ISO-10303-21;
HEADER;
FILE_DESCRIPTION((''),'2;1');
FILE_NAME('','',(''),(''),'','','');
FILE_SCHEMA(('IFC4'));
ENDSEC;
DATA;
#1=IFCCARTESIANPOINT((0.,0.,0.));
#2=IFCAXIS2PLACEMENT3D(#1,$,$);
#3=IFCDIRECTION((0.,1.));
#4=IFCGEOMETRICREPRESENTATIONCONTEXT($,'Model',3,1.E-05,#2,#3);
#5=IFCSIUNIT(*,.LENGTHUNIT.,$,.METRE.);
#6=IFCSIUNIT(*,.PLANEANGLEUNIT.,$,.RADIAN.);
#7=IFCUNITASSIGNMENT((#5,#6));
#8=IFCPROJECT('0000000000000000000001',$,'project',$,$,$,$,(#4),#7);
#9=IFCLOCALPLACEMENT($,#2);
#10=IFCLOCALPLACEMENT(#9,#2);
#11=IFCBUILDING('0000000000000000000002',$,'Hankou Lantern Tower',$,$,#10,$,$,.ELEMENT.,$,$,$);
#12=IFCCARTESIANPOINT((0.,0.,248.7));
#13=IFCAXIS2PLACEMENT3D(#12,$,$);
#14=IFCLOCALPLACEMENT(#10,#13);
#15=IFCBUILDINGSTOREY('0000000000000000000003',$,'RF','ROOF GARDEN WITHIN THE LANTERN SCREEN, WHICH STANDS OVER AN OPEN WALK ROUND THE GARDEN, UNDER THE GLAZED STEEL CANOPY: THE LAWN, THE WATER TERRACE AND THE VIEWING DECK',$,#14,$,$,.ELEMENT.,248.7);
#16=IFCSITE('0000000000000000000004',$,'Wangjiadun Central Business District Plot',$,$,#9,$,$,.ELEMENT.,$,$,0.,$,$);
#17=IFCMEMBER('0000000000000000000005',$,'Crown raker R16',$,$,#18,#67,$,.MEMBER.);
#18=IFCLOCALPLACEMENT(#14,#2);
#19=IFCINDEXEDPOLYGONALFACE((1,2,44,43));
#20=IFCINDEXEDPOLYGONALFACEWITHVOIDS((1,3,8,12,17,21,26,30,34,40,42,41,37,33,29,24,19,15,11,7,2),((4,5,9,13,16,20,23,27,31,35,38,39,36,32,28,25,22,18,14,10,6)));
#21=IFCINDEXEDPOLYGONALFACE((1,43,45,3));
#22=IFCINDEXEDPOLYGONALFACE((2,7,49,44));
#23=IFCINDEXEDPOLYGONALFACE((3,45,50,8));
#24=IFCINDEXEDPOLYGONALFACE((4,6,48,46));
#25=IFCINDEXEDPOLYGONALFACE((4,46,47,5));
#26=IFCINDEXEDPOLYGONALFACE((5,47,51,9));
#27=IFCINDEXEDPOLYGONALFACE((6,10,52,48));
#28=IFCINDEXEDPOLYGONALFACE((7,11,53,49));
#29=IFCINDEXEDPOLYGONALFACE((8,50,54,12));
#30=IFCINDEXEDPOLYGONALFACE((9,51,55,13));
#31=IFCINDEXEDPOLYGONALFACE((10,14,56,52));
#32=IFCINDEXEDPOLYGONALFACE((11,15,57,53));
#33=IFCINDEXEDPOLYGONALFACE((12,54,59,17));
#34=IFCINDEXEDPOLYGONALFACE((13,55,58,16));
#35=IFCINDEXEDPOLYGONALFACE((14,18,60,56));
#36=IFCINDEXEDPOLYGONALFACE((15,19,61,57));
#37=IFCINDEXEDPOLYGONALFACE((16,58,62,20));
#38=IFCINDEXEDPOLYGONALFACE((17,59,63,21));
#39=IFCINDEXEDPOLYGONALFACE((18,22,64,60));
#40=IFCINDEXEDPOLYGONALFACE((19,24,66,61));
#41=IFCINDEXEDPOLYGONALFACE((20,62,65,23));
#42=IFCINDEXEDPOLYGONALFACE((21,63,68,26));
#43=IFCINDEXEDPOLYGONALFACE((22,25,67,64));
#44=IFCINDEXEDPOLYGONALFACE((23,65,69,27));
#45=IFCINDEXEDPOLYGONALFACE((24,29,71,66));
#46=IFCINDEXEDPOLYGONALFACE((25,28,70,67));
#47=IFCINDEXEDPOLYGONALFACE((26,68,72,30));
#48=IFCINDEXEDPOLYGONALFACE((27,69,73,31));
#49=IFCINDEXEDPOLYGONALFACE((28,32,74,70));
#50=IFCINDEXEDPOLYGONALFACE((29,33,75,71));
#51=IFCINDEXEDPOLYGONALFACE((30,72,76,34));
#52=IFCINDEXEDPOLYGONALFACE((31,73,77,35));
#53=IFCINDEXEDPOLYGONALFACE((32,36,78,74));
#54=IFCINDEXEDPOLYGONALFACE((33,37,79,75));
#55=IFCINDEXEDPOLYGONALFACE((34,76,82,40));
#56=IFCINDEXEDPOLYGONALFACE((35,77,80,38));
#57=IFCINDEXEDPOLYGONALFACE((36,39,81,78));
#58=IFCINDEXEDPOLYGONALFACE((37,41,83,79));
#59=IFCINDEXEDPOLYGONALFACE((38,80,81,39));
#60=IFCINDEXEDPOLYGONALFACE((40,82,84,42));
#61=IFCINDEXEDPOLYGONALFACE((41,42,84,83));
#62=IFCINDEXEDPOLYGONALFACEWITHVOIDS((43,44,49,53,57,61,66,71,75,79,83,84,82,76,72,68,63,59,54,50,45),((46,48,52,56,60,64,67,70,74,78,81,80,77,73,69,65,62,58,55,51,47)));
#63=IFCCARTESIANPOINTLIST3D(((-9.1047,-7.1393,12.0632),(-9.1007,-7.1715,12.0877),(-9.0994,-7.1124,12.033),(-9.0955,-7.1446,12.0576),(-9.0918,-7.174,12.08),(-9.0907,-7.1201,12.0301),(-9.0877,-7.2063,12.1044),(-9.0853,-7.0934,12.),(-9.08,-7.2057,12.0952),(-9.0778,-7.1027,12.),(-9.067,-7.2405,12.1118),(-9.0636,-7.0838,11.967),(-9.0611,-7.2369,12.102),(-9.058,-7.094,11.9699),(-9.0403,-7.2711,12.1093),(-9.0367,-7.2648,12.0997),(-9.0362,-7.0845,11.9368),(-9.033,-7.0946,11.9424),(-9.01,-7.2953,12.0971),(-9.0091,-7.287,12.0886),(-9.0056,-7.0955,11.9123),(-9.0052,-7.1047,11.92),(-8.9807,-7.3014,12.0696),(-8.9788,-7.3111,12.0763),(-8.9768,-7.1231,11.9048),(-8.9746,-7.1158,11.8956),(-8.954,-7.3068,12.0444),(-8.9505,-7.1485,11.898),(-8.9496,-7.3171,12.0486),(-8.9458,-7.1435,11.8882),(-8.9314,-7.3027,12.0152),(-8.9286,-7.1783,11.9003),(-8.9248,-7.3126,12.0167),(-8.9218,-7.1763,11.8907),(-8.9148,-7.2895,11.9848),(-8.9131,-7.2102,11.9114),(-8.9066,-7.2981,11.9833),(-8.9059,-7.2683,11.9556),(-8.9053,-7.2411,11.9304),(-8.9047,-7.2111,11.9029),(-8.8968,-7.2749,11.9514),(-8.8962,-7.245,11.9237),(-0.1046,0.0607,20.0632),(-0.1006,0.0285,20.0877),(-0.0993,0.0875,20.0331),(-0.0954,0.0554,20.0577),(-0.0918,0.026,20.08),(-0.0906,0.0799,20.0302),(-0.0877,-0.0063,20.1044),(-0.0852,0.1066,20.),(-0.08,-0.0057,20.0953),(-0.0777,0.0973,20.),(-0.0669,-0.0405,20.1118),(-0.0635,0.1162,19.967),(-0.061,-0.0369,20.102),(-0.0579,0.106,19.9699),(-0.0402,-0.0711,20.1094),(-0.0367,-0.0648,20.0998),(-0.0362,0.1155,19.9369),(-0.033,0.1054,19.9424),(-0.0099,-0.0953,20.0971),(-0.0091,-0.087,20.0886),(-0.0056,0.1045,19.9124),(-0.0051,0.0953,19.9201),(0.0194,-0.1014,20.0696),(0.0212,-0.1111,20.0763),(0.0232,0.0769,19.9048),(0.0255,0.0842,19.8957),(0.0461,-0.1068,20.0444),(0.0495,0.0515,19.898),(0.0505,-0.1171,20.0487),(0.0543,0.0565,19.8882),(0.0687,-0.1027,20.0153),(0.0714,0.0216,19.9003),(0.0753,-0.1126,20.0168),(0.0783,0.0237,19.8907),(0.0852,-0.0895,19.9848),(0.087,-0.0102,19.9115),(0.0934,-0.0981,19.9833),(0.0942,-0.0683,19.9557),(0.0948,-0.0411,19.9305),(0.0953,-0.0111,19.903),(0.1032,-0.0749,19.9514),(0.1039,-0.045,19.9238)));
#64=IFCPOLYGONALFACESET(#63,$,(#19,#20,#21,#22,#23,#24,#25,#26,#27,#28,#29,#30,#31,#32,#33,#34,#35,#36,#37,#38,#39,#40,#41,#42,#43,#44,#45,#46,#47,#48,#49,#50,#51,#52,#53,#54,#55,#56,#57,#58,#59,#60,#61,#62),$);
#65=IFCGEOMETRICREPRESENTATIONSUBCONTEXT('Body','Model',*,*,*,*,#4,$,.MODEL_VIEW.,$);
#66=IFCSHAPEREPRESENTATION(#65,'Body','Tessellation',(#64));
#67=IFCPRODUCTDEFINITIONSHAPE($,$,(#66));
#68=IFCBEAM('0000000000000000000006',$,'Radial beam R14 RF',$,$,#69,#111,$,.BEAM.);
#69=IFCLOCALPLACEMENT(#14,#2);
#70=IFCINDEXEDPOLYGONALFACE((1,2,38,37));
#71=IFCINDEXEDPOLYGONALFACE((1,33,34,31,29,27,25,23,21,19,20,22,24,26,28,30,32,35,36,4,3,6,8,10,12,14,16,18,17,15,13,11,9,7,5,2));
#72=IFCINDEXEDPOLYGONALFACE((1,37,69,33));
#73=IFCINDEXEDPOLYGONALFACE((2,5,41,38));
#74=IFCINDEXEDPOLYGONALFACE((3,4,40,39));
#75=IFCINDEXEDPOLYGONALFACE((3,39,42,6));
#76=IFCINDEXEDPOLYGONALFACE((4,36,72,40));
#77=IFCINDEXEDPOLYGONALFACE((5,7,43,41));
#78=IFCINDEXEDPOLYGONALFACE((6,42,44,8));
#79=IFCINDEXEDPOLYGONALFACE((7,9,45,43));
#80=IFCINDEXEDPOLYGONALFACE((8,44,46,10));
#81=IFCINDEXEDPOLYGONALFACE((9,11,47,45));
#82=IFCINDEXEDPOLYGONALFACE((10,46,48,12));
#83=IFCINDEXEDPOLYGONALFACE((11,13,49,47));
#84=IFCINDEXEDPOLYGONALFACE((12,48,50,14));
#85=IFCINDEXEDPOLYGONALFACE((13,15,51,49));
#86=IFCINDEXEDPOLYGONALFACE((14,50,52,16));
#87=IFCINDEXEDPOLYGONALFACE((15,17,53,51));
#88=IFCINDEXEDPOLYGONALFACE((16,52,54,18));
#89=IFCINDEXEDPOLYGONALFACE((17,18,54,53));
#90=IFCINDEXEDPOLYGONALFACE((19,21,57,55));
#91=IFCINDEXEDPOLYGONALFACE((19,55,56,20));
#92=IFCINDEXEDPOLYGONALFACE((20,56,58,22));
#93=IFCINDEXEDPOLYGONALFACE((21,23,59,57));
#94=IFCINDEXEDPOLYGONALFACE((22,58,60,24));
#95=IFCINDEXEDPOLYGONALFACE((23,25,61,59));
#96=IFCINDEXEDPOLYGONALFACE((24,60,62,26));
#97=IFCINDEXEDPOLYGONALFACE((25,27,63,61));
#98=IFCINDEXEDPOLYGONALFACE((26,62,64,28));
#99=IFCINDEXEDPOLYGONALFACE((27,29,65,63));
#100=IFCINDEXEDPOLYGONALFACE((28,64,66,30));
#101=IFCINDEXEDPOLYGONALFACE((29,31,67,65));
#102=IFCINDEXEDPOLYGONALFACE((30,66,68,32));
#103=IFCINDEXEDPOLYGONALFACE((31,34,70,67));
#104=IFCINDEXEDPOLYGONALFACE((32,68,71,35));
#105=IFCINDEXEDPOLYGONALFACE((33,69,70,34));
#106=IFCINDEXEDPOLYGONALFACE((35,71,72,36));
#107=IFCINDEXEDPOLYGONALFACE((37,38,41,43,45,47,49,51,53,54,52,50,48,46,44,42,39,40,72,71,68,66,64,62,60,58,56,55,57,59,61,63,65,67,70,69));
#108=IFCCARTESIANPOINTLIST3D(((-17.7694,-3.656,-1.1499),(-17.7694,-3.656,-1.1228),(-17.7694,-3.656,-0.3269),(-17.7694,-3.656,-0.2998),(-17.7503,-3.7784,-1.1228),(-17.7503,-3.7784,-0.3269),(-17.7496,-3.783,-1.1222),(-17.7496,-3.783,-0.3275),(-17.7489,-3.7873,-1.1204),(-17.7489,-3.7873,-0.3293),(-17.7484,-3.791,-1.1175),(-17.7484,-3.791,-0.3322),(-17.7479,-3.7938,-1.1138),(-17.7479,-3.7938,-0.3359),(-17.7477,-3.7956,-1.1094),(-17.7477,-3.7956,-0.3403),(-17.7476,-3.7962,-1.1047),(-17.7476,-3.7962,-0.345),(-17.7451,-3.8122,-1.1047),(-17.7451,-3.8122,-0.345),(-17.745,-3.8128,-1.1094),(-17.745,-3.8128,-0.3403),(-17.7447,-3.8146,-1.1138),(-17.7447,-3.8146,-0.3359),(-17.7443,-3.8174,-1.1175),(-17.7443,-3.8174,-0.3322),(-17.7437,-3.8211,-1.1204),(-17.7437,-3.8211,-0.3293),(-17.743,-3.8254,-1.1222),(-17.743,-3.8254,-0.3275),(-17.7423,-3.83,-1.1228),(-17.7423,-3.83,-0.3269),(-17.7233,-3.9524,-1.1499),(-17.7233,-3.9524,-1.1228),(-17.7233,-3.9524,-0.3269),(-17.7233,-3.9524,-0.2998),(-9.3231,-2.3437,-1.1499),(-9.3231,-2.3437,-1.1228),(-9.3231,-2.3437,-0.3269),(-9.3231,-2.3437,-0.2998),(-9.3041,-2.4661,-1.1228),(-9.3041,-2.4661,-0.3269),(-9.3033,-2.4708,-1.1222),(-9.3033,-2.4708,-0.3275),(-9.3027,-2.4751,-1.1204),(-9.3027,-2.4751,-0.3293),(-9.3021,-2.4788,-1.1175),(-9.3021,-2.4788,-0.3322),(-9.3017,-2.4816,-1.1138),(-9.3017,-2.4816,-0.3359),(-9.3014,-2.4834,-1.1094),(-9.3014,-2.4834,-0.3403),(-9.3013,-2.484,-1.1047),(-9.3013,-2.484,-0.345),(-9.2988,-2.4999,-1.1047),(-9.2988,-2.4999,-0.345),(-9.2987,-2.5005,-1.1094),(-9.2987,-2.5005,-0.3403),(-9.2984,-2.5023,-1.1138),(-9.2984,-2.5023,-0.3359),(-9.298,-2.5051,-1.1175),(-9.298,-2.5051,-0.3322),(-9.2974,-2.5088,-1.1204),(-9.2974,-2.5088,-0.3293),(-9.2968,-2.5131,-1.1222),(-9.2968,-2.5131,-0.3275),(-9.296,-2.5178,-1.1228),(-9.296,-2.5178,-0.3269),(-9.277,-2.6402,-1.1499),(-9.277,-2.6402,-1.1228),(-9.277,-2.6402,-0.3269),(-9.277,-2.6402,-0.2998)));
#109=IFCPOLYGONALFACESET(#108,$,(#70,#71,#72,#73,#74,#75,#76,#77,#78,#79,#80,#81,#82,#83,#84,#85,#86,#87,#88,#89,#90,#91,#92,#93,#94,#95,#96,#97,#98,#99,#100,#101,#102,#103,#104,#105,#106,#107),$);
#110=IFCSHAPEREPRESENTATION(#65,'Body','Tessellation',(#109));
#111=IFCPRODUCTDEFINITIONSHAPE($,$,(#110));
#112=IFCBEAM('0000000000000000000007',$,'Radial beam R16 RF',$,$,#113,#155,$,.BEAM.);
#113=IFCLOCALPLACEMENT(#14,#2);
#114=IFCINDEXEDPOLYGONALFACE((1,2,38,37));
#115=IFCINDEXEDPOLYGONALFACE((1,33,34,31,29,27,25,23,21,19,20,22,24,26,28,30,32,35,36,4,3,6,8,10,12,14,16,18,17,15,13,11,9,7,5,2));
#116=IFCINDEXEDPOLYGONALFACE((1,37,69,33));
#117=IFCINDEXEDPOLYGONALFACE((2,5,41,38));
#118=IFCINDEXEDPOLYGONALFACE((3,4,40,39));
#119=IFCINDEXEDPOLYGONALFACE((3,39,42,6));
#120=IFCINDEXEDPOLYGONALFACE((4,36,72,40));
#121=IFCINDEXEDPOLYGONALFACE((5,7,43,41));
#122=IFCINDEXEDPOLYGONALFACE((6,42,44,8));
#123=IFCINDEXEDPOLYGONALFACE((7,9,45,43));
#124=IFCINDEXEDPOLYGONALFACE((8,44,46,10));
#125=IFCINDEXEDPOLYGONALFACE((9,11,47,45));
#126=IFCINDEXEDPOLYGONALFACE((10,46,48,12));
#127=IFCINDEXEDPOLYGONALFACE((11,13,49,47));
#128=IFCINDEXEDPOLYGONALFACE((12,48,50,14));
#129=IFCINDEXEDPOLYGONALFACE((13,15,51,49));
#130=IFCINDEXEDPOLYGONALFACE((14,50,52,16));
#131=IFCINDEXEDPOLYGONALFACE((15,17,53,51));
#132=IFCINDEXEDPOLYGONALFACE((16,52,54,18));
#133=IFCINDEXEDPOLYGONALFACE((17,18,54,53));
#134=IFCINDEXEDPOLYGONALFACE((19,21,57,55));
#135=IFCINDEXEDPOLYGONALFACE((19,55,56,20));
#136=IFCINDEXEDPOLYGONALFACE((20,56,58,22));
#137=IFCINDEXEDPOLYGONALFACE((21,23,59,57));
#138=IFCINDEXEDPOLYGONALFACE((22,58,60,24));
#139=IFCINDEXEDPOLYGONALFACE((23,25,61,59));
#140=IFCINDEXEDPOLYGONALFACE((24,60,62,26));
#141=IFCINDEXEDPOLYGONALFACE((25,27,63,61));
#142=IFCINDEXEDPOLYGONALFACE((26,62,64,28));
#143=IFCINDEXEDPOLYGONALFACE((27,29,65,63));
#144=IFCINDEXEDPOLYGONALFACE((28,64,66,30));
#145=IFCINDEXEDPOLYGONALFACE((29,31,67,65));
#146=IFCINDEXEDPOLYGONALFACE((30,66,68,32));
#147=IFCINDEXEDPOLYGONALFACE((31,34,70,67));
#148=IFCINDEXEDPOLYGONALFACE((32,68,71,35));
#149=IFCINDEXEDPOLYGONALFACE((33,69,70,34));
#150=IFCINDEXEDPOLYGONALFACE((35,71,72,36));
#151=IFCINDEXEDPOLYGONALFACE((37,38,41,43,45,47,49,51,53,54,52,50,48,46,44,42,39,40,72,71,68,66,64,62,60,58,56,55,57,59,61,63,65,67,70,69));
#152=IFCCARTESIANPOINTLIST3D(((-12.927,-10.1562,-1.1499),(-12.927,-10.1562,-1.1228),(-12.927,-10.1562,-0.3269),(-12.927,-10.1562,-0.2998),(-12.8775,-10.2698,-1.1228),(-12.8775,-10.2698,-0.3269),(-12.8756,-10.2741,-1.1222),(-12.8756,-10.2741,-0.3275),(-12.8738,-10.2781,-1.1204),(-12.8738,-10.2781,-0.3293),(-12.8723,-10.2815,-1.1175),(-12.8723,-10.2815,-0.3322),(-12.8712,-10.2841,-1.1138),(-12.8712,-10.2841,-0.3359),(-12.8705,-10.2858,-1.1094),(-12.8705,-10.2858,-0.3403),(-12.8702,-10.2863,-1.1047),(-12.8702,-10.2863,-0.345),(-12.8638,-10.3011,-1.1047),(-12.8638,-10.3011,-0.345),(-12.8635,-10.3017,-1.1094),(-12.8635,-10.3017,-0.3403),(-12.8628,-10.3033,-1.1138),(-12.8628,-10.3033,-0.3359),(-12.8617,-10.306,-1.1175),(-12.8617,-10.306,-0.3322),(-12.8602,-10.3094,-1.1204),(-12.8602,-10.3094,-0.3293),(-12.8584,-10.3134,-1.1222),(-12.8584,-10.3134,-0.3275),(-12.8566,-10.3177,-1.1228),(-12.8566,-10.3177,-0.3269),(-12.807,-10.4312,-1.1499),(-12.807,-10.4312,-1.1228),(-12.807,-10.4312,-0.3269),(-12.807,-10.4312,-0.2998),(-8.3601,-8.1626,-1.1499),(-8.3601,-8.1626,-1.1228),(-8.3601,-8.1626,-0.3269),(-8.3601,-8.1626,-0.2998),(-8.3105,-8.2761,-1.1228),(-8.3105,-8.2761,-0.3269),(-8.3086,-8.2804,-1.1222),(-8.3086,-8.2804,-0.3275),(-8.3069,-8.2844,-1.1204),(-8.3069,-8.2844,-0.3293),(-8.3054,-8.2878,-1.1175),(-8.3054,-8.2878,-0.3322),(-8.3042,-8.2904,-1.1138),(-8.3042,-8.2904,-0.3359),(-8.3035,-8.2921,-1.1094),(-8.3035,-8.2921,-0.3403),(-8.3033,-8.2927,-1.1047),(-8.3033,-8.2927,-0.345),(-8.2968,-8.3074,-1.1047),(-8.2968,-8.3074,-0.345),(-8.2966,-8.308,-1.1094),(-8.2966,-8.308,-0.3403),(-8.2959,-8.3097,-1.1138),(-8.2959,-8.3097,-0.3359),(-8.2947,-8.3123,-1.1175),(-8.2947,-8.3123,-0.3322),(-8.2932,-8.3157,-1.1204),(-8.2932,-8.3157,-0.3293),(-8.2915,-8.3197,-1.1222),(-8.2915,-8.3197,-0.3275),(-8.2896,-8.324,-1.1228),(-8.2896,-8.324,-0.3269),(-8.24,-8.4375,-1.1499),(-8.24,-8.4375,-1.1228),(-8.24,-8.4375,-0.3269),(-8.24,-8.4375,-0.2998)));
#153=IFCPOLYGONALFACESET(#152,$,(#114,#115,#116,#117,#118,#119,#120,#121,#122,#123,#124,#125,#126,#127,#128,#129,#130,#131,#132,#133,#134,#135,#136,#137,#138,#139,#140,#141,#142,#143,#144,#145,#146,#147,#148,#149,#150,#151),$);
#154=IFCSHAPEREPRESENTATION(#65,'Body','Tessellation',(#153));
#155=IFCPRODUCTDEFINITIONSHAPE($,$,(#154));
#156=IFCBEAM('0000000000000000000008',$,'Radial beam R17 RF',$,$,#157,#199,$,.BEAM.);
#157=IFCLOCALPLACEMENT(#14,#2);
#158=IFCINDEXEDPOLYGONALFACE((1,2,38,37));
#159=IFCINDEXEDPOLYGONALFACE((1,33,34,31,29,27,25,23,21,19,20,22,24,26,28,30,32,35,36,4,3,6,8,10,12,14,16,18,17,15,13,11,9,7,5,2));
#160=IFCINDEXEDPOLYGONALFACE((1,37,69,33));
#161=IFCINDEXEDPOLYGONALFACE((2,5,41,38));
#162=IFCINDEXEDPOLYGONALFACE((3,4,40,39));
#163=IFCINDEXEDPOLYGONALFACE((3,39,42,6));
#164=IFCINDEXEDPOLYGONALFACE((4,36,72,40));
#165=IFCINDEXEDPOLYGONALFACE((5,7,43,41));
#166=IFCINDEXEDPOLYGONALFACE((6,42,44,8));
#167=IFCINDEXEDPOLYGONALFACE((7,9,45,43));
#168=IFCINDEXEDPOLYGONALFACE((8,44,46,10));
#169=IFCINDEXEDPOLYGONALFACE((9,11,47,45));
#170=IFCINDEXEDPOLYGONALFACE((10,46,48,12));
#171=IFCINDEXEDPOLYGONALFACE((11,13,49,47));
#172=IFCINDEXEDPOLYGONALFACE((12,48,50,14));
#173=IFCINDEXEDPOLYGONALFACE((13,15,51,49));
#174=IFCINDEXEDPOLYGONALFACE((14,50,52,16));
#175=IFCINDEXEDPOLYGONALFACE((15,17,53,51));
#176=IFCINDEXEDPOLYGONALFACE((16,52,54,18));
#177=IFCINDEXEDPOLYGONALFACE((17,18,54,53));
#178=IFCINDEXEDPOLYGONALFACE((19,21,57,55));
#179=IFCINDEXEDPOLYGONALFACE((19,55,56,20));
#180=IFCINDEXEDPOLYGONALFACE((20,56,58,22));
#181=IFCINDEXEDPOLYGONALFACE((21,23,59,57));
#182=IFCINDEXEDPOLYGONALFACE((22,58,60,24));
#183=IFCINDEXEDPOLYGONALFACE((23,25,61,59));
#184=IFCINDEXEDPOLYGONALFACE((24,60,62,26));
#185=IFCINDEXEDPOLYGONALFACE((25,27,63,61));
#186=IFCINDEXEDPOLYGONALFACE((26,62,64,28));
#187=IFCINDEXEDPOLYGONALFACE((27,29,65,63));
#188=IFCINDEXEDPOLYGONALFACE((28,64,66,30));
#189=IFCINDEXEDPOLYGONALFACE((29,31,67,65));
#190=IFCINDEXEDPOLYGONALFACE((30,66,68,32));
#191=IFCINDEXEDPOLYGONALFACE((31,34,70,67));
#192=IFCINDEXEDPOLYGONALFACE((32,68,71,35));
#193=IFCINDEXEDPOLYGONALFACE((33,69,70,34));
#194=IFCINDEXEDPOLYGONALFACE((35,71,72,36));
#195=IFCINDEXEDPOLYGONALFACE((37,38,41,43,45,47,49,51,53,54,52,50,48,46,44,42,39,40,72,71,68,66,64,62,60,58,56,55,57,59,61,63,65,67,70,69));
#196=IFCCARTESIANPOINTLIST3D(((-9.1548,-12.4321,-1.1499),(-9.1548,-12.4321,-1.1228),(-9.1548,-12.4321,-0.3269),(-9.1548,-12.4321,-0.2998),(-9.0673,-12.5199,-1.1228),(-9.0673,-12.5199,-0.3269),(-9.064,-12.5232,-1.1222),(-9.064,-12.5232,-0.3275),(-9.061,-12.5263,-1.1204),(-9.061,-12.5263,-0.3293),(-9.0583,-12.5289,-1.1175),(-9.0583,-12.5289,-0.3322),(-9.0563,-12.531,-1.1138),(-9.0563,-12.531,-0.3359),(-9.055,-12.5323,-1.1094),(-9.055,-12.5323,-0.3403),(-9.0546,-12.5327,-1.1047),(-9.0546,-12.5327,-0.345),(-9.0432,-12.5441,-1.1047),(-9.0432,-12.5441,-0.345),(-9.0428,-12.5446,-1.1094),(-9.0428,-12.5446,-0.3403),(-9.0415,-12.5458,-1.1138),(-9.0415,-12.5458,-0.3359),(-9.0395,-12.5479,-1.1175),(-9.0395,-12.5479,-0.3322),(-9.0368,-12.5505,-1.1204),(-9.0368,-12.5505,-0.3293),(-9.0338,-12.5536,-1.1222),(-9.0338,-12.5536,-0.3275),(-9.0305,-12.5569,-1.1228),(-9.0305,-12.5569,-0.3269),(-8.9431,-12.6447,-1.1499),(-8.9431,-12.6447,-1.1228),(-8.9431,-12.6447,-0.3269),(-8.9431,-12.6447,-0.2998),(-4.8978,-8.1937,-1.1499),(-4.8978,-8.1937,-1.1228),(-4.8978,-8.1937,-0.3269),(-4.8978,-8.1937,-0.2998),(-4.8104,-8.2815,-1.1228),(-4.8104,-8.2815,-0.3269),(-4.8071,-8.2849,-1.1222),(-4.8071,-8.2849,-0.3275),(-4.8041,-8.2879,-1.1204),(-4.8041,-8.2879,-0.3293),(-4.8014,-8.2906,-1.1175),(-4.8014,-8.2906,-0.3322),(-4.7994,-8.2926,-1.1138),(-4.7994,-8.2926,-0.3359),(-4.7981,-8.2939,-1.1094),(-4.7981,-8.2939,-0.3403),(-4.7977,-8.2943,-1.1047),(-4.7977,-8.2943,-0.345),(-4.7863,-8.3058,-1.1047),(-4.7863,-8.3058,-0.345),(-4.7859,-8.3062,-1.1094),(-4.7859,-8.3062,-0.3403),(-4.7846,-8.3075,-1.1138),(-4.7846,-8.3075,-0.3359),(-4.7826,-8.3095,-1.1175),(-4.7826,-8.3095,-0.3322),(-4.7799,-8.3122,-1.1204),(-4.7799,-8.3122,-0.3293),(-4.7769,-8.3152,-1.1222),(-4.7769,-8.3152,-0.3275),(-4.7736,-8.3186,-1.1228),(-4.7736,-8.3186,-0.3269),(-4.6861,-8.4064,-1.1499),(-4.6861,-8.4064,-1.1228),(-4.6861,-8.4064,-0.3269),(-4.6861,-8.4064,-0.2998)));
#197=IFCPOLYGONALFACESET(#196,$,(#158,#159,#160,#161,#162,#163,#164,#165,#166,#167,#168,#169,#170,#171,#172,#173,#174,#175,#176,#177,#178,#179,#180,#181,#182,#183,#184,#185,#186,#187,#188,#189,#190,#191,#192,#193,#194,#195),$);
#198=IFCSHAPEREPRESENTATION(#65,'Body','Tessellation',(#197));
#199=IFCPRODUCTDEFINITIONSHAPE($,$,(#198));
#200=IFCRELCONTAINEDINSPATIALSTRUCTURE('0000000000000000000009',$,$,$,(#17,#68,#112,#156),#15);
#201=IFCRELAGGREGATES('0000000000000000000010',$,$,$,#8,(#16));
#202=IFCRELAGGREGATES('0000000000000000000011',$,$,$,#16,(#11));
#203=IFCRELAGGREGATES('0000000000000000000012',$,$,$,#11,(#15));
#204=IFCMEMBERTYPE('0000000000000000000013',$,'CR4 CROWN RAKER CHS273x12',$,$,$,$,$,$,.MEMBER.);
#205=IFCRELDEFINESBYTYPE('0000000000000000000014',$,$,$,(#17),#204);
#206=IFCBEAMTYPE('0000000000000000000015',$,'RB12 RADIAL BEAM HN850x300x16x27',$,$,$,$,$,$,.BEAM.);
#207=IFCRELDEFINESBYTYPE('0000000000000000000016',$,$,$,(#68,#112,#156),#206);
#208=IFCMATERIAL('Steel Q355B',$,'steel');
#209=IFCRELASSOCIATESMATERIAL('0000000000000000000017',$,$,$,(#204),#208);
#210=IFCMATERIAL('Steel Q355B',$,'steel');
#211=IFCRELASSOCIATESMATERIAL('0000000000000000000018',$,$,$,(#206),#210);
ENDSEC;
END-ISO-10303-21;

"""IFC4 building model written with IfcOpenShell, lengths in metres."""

from ifc_helpers import new_model, si_unit, direction, frame, origin, origin_2d, place, context, subcontext, project, spatial, hollow_circle, i_section, extrude, material, material_profile, profile_set, type_object, element, save


model = new_model("IFC4")

# Units and contexts
model_context = context("Model", 3, precision=1e-05, world=origin(), true_north=direction((0.0, 1.0)))
body_context = subcontext(model_context, "Body", "Model", "MODEL_VIEW")
ifc_project = project(units=[si_unit("LENGTHUNIT", "METRE"), si_unit("PLANEANGLEUNIT", "RADIAN")], contexts=[model_context])

# Site, building, storey
site_placement = place(None, origin())
site = spatial("IfcSite", under=ifc_project, at=site_placement, Name="Wangjiadun Central Business District Plot", CompositionType="ELEMENT", RefElevation=0.0)
building_placement = place(site_placement, origin())
building = spatial("IfcBuilding", under=site, at=building_placement, Name="Hankou Lantern Tower", CompositionType="ELEMENT")
storey_placement = place(building_placement, frame((0.0, 0.0, 248.7)))
storey = spatial("IfcBuildingStorey", under=building, at=storey_placement, Name="RF", Description="ROOF GARDEN WITHIN THE LANTERN SCREEN, WHICH STANDS OVER AN OPEN WALK ROUND THE GARDEN, UNDER THE GLAZED STEEL CANOPY: THE LAWN, THE WATER TERRACE AND THE VIEWING DECK", CompositionType="ELEMENT", Elevation=248.7)

# Member
ifc_material_1 = material(Name="Steel Q355B", Category="steel")
ifc_material_profile_1 = material_profile(ifc_material_1, hollow_circle(Radius=0.1365, WallThickness=0.012, at=origin_2d()), Name="CHS273x12")
ifc_profile_set_1 = profile_set([ifc_material_profile_1], Name="Steel Q355B")
member_type = type_object("IfcMemberType", Name="CR4 CROWN RAKER CHS273x12", PredefinedType="MEMBER", material=ifc_profile_set_1)
member_placement = place(storey_placement, frame((-9.0, -7.2, 12.0), z_axis=(0.641485, 0.513185, 0.570209), x_axis=(-0.624692, 0.780871, 0.0)))
element("IfcMember", 1, at=member_placement, inside=storey, type_object=member_type, Name="Crown raker R16", PredefinedType="MEMBER", context=body_context, shape_type="SweptSolid", body=[
    extrude(hollow_circle(Radius=0.1365, WallThickness=0.012, at=origin_2d()), origin(), (0.0, 0.0, 1.0), 14.03),
])

# Beams
ifc_material_2 = material(Name="Steel Q355B", Category="steel")
ifc_material_profile_2 = material_profile(ifc_material_2, i_section(OverallWidth=0.3, OverallDepth=0.8501, WebThickness=0.0161, FlangeThickness=0.0271, FilletRadius=0.0181, at=origin_2d()), Name="HN850x300x16x27")
ifc_profile_set_2 = profile_set([ifc_material_profile_2], Name="Steel Q355B")
beam_type_1 = type_object("IfcBeamType", Name="RB12 RADIAL BEAM HN850x300x16x27", PredefinedType="BEAM", material=ifc_profile_set_2)
beam_1_placement = place(storey_placement, frame((-9.3, -2.4919, -0.7249), z_axis=(-0.988145, -0.153523, 0.0), x_axis=(0.153523, -0.988145, 0.0)))
element("IfcBeam", 2, at=beam_1_placement, inside=storey, type_object=beam_type_1, Name="Radial beam R14 RF", PredefinedType="BEAM", context=body_context, shape_type="SweptSolid", body=[
    extrude(i_section(OverallWidth=0.3, OverallDepth=0.8501, WebThickness=0.0161, FlangeThickness=0.0271, FilletRadius=0.0181, at=origin_2d()), origin(), (0.0, 0.0, 1.0), 8.5476),
])
beam_2_placement = place(storey_placement, frame((-8.3, -8.3, -0.7249), z_axis=(-0.916479, -0.400084, 0.0), x_axis=(0.400084, -0.916479, 0.0)))
element("IfcBeam", 3, at=beam_2_placement, inside=storey, type_object=beam_type_1, Name="Radial beam R16 RF", PredefinedType="BEAM", context=body_context, shape_type="SweptSolid", body=[
    extrude(i_section(OverallWidth=0.3, OverallDepth=0.8501, WebThickness=0.0161, FlangeThickness=0.0271, FilletRadius=0.0181, at=origin_2d()), origin(), (0.0, 0.0, 1.0), 4.9832),
])
beam_3_placement = place(storey_placement, frame((-4.792, -8.3, -0.7249), z_axis=(-0.70865, -0.705561, 0.0), x_axis=(0.705561, -0.70865, 0.0)))
element("IfcBeam", 4, at=beam_3_placement, inside=storey, type_object=beam_type_1, Name="Radial beam R17 RF", PredefinedType="BEAM", context=body_context, shape_type="SweptSolid", body=[
    extrude(i_section(OverallWidth=0.3, OverallDepth=0.8501, WebThickness=0.0161, FlangeThickness=0.0271, FilletRadius=0.0181, at=origin_2d()), origin(), (0.0, 0.0, 1.0), 6.0071),
])

save(model, "model.ifc")
